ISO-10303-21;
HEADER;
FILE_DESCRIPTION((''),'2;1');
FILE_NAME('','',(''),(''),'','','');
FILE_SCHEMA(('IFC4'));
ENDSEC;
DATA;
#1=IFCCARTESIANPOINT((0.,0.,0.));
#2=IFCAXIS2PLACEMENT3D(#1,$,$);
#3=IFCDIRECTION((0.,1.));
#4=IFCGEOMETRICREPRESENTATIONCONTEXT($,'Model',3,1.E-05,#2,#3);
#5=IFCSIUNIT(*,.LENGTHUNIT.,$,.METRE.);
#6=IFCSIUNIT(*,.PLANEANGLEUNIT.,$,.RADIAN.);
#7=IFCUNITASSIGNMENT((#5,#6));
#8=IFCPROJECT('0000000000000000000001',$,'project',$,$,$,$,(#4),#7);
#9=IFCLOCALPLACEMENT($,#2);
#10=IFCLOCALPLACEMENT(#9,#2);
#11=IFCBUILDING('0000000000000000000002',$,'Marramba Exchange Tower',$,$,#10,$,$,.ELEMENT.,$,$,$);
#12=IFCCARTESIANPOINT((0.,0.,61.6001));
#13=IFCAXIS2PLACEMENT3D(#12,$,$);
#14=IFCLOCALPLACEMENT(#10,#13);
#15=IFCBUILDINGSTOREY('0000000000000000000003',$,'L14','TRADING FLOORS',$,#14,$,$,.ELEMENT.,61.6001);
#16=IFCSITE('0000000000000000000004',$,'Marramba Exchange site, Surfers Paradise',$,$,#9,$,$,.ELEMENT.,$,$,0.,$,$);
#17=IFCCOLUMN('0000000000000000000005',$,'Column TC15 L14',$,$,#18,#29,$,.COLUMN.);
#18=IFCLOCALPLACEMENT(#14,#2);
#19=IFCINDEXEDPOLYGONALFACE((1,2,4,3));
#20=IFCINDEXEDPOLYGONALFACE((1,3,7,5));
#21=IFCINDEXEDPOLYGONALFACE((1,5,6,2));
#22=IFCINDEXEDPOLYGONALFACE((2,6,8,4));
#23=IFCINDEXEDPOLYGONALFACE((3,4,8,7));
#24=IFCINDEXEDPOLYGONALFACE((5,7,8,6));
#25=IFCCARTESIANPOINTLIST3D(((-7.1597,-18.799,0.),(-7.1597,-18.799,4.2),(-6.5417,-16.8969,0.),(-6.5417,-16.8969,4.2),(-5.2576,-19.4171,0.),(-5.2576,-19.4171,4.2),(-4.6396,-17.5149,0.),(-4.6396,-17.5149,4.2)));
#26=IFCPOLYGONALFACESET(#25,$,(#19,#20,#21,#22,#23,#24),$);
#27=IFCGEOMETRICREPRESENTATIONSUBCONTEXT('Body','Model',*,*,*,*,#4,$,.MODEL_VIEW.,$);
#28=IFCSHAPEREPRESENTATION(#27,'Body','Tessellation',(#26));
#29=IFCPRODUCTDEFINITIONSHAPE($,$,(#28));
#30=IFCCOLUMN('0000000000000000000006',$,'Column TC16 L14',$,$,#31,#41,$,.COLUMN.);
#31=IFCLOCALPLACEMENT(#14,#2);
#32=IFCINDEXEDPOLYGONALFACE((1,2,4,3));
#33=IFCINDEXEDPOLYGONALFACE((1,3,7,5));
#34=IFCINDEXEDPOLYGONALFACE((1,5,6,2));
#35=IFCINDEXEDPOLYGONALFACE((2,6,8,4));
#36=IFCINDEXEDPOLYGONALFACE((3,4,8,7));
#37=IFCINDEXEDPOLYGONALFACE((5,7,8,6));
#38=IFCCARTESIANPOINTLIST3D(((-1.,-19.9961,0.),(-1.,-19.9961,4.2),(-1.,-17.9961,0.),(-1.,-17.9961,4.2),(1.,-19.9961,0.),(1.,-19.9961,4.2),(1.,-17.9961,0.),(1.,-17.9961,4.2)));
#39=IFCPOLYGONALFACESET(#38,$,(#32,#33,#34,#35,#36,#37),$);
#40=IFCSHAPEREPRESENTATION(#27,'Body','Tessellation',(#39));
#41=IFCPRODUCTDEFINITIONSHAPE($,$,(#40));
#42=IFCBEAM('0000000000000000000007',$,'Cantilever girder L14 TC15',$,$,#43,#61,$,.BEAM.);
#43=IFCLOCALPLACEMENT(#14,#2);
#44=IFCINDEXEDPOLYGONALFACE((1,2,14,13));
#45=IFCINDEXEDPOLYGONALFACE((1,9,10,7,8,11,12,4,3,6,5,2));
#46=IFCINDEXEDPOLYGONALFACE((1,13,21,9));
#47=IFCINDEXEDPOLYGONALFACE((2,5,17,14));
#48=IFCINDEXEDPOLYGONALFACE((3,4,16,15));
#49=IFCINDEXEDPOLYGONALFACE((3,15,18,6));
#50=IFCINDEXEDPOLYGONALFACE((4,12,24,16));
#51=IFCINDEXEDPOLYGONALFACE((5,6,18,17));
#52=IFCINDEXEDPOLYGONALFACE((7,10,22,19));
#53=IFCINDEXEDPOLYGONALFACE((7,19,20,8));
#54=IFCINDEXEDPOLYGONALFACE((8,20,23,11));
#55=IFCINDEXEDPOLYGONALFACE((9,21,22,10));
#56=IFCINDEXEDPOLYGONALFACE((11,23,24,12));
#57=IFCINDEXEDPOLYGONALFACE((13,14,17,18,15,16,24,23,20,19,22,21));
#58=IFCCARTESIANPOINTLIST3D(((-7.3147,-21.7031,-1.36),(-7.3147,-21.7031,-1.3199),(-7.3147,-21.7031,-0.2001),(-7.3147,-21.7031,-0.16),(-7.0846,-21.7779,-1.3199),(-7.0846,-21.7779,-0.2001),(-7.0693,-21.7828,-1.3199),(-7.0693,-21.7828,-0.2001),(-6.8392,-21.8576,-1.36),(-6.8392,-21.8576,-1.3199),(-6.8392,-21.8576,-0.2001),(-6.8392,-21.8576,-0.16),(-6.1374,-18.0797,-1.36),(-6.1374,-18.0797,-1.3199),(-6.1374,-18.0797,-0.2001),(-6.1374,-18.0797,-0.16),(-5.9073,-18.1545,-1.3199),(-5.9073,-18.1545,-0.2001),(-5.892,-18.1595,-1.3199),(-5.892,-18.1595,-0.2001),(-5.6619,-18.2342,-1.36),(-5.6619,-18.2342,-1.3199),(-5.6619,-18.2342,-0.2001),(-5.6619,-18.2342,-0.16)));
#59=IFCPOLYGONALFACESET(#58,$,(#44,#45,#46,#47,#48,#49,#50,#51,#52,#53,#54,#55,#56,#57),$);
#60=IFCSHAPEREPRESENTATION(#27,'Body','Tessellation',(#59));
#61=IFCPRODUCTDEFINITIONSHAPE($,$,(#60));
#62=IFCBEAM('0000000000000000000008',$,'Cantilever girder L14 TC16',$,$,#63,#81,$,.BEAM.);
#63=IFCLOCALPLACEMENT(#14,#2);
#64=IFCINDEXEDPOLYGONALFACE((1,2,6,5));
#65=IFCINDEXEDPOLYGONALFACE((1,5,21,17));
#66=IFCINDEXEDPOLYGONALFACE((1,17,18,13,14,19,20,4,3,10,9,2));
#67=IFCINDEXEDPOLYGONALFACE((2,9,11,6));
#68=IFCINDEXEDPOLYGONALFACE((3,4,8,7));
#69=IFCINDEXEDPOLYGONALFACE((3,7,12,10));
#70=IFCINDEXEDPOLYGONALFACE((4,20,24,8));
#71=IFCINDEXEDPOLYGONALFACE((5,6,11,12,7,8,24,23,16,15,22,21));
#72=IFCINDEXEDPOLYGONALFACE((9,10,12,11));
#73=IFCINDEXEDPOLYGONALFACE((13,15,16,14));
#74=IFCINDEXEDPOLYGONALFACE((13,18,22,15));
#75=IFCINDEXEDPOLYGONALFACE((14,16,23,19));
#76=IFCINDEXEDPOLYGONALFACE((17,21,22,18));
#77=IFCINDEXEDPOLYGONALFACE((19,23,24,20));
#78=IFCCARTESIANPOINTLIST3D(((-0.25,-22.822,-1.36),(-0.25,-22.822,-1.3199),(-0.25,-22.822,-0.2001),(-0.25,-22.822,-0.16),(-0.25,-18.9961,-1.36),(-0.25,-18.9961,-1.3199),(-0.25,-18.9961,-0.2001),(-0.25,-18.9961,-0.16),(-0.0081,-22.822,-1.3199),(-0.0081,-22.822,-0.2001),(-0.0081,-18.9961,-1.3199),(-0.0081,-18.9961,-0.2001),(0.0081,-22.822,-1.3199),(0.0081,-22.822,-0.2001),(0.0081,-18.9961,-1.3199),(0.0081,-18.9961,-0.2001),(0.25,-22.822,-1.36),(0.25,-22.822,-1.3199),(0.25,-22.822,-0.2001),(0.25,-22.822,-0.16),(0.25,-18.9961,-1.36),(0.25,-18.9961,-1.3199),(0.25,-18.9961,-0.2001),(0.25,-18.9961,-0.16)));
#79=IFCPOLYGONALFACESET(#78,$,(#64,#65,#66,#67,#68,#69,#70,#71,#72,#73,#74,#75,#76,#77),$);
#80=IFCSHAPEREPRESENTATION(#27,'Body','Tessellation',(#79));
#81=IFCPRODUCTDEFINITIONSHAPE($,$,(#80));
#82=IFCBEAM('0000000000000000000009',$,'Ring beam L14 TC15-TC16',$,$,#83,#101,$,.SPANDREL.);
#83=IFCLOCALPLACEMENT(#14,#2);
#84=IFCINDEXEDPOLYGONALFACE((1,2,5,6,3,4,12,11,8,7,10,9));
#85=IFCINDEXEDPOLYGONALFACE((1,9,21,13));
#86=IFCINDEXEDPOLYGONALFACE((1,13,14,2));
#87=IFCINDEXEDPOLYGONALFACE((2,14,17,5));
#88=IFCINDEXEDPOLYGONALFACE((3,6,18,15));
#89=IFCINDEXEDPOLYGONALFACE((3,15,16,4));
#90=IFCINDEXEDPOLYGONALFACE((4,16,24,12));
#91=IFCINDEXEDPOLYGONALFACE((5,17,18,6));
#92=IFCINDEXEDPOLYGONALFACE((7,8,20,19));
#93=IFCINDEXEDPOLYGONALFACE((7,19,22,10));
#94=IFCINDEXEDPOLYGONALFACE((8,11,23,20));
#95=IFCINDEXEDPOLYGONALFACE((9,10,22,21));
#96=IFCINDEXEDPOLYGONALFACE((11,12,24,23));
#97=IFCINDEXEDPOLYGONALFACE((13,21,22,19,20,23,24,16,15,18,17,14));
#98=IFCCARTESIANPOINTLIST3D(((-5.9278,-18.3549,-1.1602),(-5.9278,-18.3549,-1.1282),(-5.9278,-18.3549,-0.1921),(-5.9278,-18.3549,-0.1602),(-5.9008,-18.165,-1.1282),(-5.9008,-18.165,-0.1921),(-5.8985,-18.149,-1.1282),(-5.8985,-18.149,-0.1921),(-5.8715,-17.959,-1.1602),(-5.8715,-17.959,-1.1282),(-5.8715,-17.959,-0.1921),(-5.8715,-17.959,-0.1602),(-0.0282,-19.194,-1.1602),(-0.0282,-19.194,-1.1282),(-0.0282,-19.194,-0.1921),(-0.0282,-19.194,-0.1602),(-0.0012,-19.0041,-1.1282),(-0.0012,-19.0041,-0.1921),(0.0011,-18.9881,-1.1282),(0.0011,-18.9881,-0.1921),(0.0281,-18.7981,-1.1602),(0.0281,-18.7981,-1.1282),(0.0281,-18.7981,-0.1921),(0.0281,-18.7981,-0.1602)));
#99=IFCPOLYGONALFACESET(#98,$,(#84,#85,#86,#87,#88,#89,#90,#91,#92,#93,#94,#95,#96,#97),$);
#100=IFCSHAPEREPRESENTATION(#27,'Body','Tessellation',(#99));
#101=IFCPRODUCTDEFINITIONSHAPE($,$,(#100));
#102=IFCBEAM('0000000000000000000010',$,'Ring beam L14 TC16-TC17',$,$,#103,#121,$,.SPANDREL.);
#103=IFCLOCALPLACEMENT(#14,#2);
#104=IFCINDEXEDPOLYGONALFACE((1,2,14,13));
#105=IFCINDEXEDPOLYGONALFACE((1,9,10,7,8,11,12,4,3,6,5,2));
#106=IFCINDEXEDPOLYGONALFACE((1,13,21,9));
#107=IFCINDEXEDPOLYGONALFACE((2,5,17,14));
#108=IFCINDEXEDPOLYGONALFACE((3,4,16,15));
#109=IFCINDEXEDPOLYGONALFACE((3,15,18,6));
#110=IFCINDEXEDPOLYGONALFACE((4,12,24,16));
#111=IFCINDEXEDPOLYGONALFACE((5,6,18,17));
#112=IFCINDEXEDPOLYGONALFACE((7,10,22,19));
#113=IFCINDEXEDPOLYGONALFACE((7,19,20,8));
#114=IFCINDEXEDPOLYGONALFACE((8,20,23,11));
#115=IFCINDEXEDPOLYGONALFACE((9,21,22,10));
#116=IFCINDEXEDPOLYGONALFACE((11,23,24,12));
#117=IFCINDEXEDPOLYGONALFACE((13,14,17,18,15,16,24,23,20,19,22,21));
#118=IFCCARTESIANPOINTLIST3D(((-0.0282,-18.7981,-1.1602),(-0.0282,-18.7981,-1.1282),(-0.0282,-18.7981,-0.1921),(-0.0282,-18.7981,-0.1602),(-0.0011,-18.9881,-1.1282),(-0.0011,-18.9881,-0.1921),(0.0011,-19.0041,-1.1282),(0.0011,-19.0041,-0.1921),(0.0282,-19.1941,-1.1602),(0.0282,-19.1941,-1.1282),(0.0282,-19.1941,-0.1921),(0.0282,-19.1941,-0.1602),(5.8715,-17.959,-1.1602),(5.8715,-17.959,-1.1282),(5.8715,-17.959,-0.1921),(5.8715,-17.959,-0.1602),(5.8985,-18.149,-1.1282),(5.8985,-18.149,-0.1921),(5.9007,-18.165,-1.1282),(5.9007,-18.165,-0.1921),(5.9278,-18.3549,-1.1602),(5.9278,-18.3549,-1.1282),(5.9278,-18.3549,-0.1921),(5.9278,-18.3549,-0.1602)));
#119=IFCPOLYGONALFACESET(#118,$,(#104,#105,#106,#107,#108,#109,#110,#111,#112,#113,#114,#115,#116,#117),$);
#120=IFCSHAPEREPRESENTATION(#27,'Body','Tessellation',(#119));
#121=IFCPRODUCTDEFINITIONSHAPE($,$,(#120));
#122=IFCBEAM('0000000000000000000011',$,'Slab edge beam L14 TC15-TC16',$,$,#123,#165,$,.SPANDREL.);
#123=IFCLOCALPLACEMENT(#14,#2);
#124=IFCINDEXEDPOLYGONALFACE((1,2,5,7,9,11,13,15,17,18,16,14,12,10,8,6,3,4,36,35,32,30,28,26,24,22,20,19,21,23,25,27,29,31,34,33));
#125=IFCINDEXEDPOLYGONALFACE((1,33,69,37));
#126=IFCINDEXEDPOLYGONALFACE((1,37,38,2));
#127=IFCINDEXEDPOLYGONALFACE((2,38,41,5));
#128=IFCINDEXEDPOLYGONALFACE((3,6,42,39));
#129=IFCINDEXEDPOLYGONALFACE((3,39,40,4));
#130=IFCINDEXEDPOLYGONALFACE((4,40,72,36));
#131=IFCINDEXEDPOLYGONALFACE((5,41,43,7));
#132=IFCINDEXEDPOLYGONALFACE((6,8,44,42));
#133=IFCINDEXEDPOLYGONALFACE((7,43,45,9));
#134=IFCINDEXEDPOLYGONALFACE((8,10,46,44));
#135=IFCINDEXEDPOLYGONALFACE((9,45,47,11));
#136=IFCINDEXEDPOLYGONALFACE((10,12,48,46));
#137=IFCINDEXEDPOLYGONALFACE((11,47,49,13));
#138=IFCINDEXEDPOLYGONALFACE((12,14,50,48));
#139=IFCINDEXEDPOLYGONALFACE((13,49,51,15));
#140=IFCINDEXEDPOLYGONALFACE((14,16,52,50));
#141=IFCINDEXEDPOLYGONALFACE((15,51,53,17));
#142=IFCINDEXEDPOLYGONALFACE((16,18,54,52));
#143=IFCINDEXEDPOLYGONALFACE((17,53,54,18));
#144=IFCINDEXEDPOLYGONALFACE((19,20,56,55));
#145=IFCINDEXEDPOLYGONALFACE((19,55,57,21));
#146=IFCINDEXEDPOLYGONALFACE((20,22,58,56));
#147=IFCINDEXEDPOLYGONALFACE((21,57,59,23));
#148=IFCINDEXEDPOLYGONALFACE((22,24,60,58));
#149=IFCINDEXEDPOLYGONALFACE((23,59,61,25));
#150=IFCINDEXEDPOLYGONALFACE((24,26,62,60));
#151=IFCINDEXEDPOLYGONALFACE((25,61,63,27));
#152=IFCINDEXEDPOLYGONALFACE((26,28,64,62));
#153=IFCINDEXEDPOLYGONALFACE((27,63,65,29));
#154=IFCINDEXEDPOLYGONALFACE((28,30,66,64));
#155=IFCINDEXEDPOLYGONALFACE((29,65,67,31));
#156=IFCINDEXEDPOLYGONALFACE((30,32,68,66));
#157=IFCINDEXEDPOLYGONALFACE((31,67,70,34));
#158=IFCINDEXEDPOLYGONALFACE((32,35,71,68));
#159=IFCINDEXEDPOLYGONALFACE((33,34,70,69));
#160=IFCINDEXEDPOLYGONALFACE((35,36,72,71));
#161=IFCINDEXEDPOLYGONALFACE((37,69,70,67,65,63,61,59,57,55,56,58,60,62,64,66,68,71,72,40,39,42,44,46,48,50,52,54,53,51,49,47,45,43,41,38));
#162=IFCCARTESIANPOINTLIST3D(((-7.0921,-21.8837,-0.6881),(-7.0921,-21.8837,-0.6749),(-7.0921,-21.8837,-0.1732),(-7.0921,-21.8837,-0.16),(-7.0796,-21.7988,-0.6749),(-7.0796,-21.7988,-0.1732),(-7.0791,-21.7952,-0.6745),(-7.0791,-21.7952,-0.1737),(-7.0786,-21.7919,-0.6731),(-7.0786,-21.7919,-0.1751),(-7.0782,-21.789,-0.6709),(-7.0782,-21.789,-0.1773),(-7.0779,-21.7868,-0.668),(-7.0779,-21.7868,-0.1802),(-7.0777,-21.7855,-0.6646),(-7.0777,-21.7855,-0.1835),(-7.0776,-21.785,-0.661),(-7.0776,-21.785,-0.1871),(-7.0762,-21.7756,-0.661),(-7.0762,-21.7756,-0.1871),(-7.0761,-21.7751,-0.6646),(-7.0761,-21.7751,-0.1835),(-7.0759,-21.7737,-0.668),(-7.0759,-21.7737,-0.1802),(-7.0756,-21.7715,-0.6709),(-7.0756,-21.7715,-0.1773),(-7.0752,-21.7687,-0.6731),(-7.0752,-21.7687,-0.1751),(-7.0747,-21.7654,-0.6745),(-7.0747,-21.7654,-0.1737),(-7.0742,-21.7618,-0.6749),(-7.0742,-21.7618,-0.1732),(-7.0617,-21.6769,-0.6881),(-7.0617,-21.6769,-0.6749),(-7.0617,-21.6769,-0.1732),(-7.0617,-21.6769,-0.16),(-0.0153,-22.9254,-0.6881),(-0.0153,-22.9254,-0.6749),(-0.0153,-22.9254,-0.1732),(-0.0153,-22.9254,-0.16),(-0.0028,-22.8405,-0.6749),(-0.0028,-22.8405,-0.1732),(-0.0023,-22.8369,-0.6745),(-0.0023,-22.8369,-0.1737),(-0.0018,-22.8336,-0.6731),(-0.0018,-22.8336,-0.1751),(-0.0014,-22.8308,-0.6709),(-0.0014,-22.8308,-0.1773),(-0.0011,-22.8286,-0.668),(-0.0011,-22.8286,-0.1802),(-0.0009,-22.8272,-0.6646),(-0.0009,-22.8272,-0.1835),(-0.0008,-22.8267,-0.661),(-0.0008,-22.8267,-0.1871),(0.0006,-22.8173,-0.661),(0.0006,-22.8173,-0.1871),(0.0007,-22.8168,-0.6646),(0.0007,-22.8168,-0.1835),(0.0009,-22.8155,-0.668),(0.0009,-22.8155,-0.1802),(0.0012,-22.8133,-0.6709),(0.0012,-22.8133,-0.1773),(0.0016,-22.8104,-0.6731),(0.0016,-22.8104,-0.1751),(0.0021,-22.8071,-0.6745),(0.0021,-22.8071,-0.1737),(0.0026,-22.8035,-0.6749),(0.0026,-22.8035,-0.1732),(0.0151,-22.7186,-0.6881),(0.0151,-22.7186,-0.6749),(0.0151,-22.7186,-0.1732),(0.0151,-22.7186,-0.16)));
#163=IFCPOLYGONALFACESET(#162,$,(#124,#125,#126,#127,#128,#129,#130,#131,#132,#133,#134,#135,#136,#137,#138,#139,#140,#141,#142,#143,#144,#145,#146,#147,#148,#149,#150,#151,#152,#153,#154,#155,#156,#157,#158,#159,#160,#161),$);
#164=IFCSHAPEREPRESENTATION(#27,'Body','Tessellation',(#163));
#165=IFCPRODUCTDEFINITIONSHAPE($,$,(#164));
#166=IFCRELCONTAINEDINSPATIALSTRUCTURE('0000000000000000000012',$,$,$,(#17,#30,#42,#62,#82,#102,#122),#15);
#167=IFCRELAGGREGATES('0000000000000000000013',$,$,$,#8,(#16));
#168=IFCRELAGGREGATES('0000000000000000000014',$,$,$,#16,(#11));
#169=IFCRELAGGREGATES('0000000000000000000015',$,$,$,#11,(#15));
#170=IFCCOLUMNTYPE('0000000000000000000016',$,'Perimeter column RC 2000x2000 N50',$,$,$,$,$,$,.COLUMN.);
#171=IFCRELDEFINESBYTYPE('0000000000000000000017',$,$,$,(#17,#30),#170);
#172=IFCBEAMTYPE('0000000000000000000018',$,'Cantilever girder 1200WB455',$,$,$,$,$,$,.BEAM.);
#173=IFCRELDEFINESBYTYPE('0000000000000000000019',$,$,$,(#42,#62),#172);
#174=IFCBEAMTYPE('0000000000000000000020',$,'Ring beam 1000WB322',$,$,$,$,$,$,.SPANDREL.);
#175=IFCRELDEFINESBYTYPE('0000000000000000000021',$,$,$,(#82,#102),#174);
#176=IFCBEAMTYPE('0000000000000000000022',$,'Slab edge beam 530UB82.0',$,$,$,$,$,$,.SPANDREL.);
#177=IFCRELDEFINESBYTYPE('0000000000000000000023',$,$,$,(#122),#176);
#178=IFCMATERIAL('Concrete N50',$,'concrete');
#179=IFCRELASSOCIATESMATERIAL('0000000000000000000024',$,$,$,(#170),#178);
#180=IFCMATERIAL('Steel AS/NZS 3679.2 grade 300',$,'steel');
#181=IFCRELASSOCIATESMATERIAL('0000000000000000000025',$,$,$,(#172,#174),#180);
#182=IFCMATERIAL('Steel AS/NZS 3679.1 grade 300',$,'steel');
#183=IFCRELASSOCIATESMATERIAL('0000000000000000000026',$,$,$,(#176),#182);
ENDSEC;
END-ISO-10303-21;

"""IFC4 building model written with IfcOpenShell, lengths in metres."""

from ifc_helpers import new_model, si_unit, direction, frame, origin, origin_2d, place, context, subcontext, project, spatial, rectangle, i_section, extrude, material, material_profile, profile_set, type_object, element, save


model = new_model("IFC4")

# Units and contexts
model_context = context("Model", 3, precision=1e-05, world=origin(), true_north=direction((0.0, 1.0)))
body_context = subcontext(model_context, "Body", "Model", "MODEL_VIEW")
ifc_project = project(units=[si_unit("LENGTHUNIT", "METRE"), si_unit("PLANEANGLEUNIT", "RADIAN")], contexts=[model_context])

# Site, building, storey
site_placement = place(None, origin())
site = spatial("IfcSite", under=ifc_project, at=site_placement, Name="Marramba Exchange site, Surfers Paradise", CompositionType="ELEMENT", RefElevation=0.0)
building_placement = place(site_placement, origin())
building = spatial("IfcBuilding", under=site, at=building_placement, Name="Marramba Exchange Tower", CompositionType="ELEMENT")
storey_placement = place(building_placement, frame((0.0, 0.0, 61.6001)))
storey = spatial("IfcBuildingStorey", under=building, at=storey_placement, Name="L14", Description="TRADING FLOORS", CompositionType="ELEMENT", Elevation=61.6001)

# Columns
ifc_material_1 = material(Name="Concrete N50", Category="concrete")
ifc_material_profile_1 = material_profile(ifc_material_1, rectangle(XDim=2.0, YDim=2.0, at=origin_2d()), Name="RC 2000x2000")
ifc_profile_set_1 = profile_set([ifc_material_profile_1], Name="Concrete N50")
column_type = type_object("IfcColumnType", Name="Perimeter column RC 2000x2000 N50", PredefinedType="COLUMN", material=ifc_profile_set_1)
for number, where, z_axis, x_axis, name in (
    (1, (-5.8997, -18.157, 0.0), (0.0, 0.0, 1.0), (-0.309017, -0.951057, 0.0), "Column TC15 L14"),
    (2, (0.0, -18.9961, 0.0), (0.0, 0.0, 1.0), (0.0, -1.0, 0.0), "Column TC16 L14"),
):
    element("IfcColumn", number, at=place(storey_placement, frame(where, z_axis=z_axis, x_axis=x_axis)), inside=storey, type_object=column_type, Name=name, PredefinedType="COLUMN", context=body_context, shape_type="SweptSolid", body=[
        extrude(rectangle(XDim=2.0, YDim=2.0, at=origin_2d()), origin(), (0.0, 0.0, 1.0), 4.2),
    ])

# Beams
ifc_material_2 = material(Name="Steel AS/NZS 3679.2 grade 300", Category="steel")
ifc_material_profile_2 = material_profile(ifc_material_2, i_section(OverallWidth=0.5, OverallDepth=1.2, WebThickness=0.0161, FlangeThickness=0.04, at=origin_2d()), Name="1200WB455")
ifc_profile_set_2 = profile_set([ifc_material_profile_2], Name="Steel AS/NZS 3679.2 grade 300")
beam_type_1 = type_object("IfcBeamType", Name="Cantilever girder 1200WB455", PredefinedType="BEAM", material=ifc_profile_set_2)
beam_1_placement = place(storey_placement, frame((-5.8997, -18.157, -0.76), z_axis=(-0.309009, -0.951059, 0.0), x_axis=(0.951059, -0.309009, 0.0)))
element("IfcBeam", 3, at=beam_1_placement, inside=storey, type_object=beam_type_1, Name="Cantilever girder L14 TC15", PredefinedType="BEAM", context=body_context, shape_type="SweptSolid", body=[
    extrude(i_section(OverallWidth=0.5, OverallDepth=1.2, WebThickness=0.0161, FlangeThickness=0.04, at=origin_2d()), origin(), (0.0, 0.0, 1.0), 3.8098),
])
beam_2_placement = place(storey_placement, frame((0.0, -18.9961, -0.76), z_axis=(0.0, -1.0, 0.0), x_axis=(1.0, 0.0, 0.0)))
element("IfcBeam", 4, at=beam_2_placement, inside=storey, type_object=beam_type_1, Name="Cantilever girder L14 TC16", PredefinedType="BEAM", context=body_context, shape_type="SweptSolid", body=[
    extrude(i_section(OverallWidth=0.5, OverallDepth=1.2, WebThickness=0.0161, FlangeThickness=0.04, at=origin_2d()), origin(), (0.0, 0.0, 1.0), 3.8259),
])
ifc_material_profile_3 = material_profile(ifc_material_2, i_section(OverallWidth=0.3999, OverallDepth=1.0, WebThickness=0.0161, FlangeThickness=0.032, at=origin_2d()), Name="1000WB322")
ifc_profile_set_3 = profile_set([ifc_material_profile_3], Name="Steel AS/NZS 3679.2 grade 300")
beam_type_2 = type_object("IfcBeamType", Name="Ring beam 1000WB322", PredefinedType="SPANDREL", material=ifc_profile_set_3)
for number, where, z_axis, x_axis, name in (
    (5, (-5.8997, -18.157, -0.6602), (0.990036, -0.140813, 0.0), (0.140813, 0.990036, 0.0), "Ring beam L14 TC15-TC16"),
    (6, (0.0, -18.9961, -0.6602), (0.990036, 0.140813, 0.0), (-0.140813, 0.990036, 0.0), "Ring beam L14 TC16-TC17"),
):
    element("IfcBeam", number, at=place(storey_placement, frame(where, z_axis=z_axis, x_axis=x_axis)), inside=storey, type_object=beam_type_2, Name=name, PredefinedType="SPANDREL", context=body_context, shape_type="SweptSolid", body=[
        extrude(i_section(OverallWidth=0.3999, OverallDepth=1.0, WebThickness=0.0161, FlangeThickness=0.032, at=origin_2d()), origin(), (0.0, 0.0, 1.0), 5.959),
    ])
ifc_material_3 = material(Name="Steel AS/NZS 3679.1 grade 300", Category="steel")
ifc_material_profile_4 = material_profile(ifc_material_3, i_section(OverallWidth=0.209, OverallDepth=0.5281, WebThickness=0.0095, FlangeThickness=0.0132, FilletRadius=0.0139, at=origin_2d()), Name="530UB82.0")
ifc_profile_set_4 = profile_set([ifc_material_profile_4], Name="Steel AS/NZS 3679.1 grade 300")
beam_type_3 = type_object("IfcBeamType", Name="Slab edge beam 530UB82.0", PredefinedType="SPANDREL", material=ifc_profile_set_4)
for number, where, z_axis, x_axis, name in (
    (7, (-7.0769, -21.7803, -0.4241), (0.989338, -0.145634, 0.0), (0.145634, 0.989338, 0.0), "Slab edge beam L14 TC15-TC16"),
):
    element("IfcBeam", number, at=place(storey_placement, frame(where, z_axis=z_axis, x_axis=x_axis)), inside=storey, type_object=beam_type_3, Name=name, PredefinedType="SPANDREL", context=body_context, shape_type="SweptSolid", body=[
        extrude(i_section(OverallWidth=0.209, OverallDepth=0.5281, WebThickness=0.0095, FlangeThickness=0.0132, FilletRadius=0.0139, at=origin_2d()), origin(), (0.0, 0.0, 1.0), 7.1531),
    ])

save(model, "model.ifc")
